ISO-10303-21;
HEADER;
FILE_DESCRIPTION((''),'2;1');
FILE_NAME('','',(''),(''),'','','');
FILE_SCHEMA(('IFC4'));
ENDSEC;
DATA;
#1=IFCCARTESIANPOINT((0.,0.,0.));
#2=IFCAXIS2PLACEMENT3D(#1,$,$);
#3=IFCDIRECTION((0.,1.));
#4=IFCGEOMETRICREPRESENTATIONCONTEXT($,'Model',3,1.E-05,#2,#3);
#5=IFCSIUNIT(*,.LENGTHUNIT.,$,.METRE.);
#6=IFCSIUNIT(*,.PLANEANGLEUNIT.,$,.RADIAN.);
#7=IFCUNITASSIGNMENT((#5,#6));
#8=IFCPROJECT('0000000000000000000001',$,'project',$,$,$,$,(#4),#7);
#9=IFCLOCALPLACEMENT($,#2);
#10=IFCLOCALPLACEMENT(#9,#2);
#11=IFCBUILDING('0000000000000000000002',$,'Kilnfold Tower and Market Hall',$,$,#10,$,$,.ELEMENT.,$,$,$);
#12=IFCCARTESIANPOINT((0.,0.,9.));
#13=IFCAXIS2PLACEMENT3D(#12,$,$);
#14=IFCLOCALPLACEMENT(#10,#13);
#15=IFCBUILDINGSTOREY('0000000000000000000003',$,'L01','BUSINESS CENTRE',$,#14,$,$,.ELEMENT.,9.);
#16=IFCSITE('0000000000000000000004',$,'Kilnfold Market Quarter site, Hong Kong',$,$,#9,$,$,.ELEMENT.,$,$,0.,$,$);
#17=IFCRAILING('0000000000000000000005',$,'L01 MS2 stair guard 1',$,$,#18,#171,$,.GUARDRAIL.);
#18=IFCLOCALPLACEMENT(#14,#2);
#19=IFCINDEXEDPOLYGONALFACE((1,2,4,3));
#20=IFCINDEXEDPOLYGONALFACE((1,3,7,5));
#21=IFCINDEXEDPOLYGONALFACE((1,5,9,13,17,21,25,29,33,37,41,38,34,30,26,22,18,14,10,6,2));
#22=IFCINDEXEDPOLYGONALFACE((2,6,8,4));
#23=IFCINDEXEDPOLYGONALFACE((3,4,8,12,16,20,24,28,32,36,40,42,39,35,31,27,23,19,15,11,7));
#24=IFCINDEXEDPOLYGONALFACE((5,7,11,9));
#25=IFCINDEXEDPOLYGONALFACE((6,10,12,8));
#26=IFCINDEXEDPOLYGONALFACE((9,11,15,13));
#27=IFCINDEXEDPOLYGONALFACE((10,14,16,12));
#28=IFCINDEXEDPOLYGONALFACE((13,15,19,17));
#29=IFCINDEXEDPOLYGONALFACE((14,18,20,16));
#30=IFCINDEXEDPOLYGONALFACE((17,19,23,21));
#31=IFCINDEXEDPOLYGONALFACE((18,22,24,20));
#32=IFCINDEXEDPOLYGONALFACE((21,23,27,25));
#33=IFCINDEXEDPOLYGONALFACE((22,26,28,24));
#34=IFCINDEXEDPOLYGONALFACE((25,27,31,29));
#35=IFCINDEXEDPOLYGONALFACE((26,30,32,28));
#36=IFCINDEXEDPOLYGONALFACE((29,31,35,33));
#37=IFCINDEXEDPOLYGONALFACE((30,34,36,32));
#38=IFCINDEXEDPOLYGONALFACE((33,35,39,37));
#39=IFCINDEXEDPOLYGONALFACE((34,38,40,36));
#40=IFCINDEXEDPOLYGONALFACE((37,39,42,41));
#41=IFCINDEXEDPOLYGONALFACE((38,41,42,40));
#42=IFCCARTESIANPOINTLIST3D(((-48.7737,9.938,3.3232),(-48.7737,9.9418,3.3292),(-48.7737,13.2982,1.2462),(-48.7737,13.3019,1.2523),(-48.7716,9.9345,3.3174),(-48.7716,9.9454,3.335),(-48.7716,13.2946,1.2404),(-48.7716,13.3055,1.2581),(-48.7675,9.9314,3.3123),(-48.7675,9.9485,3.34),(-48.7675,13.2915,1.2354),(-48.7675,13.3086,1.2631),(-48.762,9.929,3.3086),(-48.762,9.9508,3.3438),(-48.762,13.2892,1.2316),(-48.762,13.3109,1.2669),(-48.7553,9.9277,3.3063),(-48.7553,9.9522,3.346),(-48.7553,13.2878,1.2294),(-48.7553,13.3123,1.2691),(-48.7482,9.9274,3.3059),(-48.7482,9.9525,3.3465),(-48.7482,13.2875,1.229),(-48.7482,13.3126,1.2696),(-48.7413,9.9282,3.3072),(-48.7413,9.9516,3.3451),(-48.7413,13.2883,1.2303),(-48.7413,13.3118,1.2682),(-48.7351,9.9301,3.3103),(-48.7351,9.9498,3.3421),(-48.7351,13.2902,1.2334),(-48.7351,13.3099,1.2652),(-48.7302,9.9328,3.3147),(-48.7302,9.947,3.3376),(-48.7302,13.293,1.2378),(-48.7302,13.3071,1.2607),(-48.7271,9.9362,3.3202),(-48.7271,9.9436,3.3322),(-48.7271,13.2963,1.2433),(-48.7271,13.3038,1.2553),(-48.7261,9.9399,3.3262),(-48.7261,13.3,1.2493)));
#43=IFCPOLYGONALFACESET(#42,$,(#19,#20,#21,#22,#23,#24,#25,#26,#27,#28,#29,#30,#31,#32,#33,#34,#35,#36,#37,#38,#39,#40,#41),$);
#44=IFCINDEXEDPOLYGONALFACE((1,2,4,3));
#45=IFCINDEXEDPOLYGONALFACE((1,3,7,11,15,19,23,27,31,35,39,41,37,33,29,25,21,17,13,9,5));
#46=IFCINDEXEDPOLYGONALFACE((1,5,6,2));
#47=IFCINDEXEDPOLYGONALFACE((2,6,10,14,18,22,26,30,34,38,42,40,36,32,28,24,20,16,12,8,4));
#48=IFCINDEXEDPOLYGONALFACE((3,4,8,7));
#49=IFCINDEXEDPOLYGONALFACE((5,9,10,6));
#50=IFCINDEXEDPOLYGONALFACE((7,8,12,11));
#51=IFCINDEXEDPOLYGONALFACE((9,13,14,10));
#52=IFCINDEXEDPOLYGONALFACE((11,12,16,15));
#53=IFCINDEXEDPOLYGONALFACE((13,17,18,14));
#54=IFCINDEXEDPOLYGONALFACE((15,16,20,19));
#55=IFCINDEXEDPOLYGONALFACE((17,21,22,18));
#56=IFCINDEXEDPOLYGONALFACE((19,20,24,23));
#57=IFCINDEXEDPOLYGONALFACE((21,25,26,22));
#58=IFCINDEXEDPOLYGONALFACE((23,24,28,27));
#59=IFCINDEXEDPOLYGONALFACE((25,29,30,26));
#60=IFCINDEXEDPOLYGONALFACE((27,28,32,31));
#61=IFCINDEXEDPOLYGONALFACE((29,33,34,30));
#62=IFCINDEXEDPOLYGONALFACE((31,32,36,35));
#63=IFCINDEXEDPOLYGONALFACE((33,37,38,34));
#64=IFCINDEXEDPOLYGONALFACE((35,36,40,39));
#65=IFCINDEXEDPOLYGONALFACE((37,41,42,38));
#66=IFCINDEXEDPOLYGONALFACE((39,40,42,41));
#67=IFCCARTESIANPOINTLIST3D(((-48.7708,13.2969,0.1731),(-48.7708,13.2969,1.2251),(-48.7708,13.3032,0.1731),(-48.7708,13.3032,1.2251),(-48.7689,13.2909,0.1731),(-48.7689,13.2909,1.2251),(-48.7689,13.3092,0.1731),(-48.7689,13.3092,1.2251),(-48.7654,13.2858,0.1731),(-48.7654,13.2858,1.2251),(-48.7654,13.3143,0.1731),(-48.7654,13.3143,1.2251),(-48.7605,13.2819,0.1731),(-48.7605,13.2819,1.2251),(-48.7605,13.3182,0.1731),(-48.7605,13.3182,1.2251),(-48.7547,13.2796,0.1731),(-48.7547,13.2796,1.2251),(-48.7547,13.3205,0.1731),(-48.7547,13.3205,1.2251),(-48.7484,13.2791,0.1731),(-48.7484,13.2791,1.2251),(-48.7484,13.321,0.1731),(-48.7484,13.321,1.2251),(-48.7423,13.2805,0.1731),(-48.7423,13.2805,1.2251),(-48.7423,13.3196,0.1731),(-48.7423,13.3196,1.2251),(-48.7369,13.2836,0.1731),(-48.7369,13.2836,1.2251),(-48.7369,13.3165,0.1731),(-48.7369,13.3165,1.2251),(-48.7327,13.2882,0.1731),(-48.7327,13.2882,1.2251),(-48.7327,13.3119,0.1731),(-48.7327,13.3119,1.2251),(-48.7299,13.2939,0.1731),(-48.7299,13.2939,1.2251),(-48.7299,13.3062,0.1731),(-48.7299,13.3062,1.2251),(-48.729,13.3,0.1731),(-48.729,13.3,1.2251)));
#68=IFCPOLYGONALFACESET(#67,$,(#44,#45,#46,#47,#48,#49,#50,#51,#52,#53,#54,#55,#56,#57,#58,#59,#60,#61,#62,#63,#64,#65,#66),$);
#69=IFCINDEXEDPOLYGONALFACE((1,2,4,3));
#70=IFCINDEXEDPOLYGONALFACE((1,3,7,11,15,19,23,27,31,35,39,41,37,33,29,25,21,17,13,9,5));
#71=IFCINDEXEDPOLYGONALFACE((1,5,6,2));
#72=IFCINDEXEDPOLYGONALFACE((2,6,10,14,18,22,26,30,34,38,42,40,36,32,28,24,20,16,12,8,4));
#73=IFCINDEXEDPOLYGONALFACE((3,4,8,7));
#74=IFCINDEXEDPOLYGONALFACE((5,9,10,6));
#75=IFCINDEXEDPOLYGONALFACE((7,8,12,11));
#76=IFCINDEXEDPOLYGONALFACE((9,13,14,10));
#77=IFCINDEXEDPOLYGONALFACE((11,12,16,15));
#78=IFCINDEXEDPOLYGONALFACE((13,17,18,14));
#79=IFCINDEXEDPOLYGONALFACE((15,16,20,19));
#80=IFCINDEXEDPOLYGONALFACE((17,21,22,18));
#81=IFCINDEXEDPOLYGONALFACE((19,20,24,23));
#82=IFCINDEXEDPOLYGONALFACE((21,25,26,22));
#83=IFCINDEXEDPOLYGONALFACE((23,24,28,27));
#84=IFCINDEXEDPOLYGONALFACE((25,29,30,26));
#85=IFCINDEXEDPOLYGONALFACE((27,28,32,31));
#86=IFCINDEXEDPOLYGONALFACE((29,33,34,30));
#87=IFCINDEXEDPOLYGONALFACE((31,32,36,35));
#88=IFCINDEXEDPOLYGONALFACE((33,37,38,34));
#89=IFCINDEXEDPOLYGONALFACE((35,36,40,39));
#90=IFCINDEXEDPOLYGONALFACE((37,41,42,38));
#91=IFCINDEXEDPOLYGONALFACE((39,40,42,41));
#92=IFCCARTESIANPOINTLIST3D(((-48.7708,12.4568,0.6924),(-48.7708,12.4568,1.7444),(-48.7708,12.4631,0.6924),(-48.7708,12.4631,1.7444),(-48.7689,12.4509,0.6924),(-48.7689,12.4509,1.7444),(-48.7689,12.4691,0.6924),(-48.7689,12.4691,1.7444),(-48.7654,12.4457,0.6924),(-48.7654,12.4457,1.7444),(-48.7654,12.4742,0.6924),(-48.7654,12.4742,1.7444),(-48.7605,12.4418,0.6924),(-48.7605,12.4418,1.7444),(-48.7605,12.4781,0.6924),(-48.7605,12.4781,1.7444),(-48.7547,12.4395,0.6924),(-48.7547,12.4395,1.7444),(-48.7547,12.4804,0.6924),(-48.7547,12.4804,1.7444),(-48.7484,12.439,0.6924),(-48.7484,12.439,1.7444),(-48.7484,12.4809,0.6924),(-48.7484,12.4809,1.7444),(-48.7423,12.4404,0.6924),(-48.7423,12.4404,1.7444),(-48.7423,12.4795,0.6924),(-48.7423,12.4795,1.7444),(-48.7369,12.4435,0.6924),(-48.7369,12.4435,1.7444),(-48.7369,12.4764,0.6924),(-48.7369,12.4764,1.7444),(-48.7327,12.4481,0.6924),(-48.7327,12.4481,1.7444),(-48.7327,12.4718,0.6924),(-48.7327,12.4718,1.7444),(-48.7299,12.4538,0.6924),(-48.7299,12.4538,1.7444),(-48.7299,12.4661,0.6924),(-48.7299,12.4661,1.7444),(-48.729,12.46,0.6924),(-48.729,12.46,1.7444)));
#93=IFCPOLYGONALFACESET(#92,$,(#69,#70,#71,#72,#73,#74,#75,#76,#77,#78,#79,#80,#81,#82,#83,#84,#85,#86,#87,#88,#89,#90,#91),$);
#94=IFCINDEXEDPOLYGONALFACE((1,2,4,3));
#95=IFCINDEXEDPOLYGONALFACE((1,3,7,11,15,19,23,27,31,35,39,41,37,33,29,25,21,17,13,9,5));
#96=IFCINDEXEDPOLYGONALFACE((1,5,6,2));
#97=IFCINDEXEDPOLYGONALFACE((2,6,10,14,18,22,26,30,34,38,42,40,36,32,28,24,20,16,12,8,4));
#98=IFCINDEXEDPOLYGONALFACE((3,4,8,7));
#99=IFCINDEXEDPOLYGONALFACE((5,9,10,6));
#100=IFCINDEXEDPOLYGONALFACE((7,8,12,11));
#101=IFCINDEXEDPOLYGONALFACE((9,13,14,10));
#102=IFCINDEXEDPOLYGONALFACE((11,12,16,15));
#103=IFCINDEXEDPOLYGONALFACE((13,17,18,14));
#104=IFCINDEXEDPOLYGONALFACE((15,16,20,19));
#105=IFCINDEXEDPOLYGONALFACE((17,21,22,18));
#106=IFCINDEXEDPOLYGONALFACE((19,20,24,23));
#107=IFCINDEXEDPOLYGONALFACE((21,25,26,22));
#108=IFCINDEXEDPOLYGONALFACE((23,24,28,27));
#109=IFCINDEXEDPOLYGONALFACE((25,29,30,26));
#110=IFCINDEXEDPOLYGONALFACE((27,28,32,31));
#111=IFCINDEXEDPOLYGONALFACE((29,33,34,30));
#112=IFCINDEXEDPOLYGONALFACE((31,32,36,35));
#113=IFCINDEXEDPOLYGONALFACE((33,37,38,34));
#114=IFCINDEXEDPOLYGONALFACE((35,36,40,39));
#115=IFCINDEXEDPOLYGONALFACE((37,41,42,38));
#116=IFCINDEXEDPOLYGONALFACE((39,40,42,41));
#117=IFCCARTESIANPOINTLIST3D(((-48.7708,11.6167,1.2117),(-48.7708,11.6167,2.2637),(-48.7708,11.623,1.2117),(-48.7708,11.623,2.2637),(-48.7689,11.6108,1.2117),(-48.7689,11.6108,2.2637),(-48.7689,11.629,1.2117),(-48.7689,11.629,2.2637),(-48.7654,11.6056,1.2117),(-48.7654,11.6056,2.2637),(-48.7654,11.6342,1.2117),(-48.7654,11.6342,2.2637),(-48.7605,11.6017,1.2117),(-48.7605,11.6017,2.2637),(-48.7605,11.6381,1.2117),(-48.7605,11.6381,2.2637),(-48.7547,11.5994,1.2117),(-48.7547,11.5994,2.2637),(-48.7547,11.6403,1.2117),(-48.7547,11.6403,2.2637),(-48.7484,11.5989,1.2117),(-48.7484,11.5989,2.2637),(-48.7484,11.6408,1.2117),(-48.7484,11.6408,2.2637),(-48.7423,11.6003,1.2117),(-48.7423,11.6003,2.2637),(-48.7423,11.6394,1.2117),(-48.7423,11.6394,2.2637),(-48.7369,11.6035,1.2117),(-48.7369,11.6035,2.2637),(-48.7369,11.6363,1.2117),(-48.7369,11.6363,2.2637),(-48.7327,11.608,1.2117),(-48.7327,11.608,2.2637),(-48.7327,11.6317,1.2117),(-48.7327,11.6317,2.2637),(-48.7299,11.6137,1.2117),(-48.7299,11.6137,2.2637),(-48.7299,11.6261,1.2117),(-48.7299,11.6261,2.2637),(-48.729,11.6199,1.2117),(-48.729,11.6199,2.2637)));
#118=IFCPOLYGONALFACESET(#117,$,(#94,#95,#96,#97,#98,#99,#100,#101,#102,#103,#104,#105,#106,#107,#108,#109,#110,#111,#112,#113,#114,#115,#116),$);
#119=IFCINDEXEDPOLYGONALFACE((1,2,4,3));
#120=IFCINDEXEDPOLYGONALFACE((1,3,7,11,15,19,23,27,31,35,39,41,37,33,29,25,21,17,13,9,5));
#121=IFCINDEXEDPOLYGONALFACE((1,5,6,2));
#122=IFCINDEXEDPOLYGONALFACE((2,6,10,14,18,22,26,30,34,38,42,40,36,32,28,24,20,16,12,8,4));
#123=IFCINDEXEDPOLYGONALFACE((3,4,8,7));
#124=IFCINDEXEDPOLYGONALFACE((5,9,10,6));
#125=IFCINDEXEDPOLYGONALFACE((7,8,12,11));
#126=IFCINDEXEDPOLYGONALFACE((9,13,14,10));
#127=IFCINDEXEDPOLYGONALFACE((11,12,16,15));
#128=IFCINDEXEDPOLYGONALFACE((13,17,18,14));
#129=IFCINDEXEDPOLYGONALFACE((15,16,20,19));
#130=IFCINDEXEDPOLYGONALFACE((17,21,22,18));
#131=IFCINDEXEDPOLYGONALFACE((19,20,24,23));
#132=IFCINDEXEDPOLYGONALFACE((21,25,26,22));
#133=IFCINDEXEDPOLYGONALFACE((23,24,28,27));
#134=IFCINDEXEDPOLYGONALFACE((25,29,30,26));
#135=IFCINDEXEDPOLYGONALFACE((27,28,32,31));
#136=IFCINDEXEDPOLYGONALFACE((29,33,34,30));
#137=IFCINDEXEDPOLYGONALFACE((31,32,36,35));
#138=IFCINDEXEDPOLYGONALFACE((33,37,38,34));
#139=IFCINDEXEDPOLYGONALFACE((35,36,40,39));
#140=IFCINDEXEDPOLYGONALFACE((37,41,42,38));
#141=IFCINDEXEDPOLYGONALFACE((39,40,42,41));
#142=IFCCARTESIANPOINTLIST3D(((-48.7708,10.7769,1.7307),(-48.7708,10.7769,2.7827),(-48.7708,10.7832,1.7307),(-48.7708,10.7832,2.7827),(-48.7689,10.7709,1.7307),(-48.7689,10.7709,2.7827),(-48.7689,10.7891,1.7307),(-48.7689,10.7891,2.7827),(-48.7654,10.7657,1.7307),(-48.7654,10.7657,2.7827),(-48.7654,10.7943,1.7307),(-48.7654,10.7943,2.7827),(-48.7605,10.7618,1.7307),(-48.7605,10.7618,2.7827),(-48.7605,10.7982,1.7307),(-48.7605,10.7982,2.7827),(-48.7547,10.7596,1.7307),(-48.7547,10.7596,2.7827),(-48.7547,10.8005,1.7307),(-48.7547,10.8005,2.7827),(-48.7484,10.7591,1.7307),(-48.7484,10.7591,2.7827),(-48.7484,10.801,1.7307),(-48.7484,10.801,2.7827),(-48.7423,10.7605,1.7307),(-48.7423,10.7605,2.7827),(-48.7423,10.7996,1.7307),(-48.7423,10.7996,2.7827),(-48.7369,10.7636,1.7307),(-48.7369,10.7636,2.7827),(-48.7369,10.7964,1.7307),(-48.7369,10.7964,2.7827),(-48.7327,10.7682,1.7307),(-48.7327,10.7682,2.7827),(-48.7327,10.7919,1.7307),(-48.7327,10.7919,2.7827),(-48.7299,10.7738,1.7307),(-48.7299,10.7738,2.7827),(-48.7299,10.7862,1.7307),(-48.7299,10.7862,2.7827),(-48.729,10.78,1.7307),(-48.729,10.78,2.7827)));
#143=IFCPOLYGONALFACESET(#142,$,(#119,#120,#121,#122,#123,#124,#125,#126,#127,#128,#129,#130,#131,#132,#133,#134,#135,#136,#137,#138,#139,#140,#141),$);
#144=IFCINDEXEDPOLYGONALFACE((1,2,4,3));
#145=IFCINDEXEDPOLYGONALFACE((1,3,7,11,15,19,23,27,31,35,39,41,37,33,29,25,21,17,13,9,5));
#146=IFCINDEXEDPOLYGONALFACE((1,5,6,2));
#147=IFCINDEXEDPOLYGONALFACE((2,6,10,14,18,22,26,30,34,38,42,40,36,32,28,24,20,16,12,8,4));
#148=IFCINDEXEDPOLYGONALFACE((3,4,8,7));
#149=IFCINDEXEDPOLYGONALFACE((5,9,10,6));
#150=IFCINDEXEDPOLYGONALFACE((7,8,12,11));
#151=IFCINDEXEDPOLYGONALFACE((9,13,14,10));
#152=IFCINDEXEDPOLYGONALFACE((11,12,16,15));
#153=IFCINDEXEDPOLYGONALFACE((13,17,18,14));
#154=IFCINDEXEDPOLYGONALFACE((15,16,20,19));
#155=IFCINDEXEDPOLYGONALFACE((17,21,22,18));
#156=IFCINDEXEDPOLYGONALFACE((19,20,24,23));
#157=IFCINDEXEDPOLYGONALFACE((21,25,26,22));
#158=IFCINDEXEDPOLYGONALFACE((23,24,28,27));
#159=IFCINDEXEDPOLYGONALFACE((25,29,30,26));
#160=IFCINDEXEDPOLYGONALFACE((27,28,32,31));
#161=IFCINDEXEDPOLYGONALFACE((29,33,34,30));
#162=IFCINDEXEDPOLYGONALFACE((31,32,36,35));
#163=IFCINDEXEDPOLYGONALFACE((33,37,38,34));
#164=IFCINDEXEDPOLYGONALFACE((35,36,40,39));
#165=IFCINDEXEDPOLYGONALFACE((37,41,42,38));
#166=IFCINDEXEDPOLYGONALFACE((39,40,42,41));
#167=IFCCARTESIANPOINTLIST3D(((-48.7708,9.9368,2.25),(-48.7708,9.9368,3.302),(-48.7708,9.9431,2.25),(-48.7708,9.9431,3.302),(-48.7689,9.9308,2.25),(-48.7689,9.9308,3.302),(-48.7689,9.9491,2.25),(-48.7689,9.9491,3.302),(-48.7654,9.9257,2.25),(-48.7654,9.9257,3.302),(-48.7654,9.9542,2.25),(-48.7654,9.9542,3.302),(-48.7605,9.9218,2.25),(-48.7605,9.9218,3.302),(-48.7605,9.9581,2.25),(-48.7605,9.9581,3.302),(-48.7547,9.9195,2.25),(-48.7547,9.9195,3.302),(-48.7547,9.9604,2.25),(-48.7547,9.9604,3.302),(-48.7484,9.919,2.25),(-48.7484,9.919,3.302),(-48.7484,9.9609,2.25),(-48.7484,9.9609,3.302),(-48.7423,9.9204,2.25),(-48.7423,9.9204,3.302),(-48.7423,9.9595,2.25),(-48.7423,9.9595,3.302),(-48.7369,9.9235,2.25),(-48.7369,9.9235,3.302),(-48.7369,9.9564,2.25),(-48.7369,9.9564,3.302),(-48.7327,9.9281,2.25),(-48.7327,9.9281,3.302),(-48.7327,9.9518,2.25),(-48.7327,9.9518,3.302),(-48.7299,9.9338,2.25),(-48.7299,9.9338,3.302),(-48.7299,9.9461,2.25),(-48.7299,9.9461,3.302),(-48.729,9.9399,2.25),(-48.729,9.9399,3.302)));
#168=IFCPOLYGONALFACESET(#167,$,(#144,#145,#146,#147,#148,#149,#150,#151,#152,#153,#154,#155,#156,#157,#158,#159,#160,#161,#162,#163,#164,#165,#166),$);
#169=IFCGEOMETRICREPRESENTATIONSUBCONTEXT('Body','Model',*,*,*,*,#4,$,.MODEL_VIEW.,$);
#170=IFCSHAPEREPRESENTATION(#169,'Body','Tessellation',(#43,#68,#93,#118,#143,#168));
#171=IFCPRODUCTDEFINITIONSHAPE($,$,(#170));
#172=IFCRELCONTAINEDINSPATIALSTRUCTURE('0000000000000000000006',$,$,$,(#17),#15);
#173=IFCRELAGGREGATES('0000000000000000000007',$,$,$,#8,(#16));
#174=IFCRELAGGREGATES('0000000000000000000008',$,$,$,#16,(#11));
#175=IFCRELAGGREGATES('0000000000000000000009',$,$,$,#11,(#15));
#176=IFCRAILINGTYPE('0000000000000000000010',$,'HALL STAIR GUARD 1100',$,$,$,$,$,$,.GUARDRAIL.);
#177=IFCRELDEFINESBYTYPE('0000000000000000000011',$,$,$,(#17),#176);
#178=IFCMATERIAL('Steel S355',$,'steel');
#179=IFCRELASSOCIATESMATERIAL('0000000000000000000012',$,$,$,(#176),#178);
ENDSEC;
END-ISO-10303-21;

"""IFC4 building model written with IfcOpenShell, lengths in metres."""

from ifc_helpers import new_model, si_unit, direction, frame, origin, origin_2d, place, context, subcontext, project, spatial, circle, extrude, material, type_object, element, save


model = new_model("IFC4")

# Units and contexts
model_context = context("Model", 3, precision=1e-05, world=origin(), true_north=direction((0.0, 1.0)))
body_context = subcontext(model_context, "Body", "Model", "MODEL_VIEW")
ifc_project = project(units=[si_unit("LENGTHUNIT", "METRE"), si_unit("PLANEANGLEUNIT", "RADIAN")], contexts=[model_context])

# Site, building, storey
site_placement = place(None, origin())
site = spatial("IfcSite", under=ifc_project, at=site_placement, Name="Kilnfold Market Quarter site, Hong Kong", CompositionType="ELEMENT", RefElevation=0.0)
building_placement = place(site_placement, origin())
building = spatial("IfcBuilding", under=site, at=building_placement, Name="Kilnfold Tower and Market Hall", CompositionType="ELEMENT")
storey_placement = place(building_placement, frame((0.0, 0.0, 9.0)))
storey = spatial("IfcBuildingStorey", under=building, at=storey_placement, Name="L01", Description="BUSINESS CENTRE", CompositionType="ELEMENT", Elevation=9.0)

# Railing
ifc_material_1 = material(Name="Steel S355", Category="steel")
railing_type_1 = type_object("IfcRailingType", Name="HALL STAIR GUARD 1100", PredefinedType="GUARDRAIL", material=ifc_material_1)
railing_1_placement = place(storey_placement, frame((-48.75, 13.3, 0.1731)))
element("IfcRailing", 1, at=railing_1_placement, inside=storey, type_object=railing_type_1, Name="L01 MS2 stair guard 1", PredefinedType="GUARDRAIL", context=body_context, shape_type="SweptSolid", body=[
    extrude(circle(Radius=0.0239, at=origin_2d()), frame((0.0, 0.0, 1.0762), z_axis=(0.0, -0.850623, 0.525776), x_axis=(1.0, 0.0, 0.0)), (0.0, 0.0, 1.0), 3.9502),
    extrude(circle(Radius=0.021, at=origin_2d()), origin(), (0.0, 0.0, 1.0), 1.052),
    extrude(circle(Radius=0.021, at=origin_2d()), frame((0.0, -0.8401, 0.5193)), (0.0, 0.0, 1.0), 1.052),
    extrude(circle(Radius=0.021, at=origin_2d()), frame((0.0, -1.6802, 1.0386)), (0.0, 0.0, 1.0), 1.052),
    extrude(circle(Radius=0.021, at=origin_2d()), frame((0.0, -2.52, 1.5576)), (0.0, 0.0, 1.0), 1.052),
    extrude(circle(Radius=0.021, at=origin_2d()), frame((0.0, -3.3601, 2.0769)), (0.0, 0.0, 1.0), 1.052),
])

save(model, "model.ifc")
